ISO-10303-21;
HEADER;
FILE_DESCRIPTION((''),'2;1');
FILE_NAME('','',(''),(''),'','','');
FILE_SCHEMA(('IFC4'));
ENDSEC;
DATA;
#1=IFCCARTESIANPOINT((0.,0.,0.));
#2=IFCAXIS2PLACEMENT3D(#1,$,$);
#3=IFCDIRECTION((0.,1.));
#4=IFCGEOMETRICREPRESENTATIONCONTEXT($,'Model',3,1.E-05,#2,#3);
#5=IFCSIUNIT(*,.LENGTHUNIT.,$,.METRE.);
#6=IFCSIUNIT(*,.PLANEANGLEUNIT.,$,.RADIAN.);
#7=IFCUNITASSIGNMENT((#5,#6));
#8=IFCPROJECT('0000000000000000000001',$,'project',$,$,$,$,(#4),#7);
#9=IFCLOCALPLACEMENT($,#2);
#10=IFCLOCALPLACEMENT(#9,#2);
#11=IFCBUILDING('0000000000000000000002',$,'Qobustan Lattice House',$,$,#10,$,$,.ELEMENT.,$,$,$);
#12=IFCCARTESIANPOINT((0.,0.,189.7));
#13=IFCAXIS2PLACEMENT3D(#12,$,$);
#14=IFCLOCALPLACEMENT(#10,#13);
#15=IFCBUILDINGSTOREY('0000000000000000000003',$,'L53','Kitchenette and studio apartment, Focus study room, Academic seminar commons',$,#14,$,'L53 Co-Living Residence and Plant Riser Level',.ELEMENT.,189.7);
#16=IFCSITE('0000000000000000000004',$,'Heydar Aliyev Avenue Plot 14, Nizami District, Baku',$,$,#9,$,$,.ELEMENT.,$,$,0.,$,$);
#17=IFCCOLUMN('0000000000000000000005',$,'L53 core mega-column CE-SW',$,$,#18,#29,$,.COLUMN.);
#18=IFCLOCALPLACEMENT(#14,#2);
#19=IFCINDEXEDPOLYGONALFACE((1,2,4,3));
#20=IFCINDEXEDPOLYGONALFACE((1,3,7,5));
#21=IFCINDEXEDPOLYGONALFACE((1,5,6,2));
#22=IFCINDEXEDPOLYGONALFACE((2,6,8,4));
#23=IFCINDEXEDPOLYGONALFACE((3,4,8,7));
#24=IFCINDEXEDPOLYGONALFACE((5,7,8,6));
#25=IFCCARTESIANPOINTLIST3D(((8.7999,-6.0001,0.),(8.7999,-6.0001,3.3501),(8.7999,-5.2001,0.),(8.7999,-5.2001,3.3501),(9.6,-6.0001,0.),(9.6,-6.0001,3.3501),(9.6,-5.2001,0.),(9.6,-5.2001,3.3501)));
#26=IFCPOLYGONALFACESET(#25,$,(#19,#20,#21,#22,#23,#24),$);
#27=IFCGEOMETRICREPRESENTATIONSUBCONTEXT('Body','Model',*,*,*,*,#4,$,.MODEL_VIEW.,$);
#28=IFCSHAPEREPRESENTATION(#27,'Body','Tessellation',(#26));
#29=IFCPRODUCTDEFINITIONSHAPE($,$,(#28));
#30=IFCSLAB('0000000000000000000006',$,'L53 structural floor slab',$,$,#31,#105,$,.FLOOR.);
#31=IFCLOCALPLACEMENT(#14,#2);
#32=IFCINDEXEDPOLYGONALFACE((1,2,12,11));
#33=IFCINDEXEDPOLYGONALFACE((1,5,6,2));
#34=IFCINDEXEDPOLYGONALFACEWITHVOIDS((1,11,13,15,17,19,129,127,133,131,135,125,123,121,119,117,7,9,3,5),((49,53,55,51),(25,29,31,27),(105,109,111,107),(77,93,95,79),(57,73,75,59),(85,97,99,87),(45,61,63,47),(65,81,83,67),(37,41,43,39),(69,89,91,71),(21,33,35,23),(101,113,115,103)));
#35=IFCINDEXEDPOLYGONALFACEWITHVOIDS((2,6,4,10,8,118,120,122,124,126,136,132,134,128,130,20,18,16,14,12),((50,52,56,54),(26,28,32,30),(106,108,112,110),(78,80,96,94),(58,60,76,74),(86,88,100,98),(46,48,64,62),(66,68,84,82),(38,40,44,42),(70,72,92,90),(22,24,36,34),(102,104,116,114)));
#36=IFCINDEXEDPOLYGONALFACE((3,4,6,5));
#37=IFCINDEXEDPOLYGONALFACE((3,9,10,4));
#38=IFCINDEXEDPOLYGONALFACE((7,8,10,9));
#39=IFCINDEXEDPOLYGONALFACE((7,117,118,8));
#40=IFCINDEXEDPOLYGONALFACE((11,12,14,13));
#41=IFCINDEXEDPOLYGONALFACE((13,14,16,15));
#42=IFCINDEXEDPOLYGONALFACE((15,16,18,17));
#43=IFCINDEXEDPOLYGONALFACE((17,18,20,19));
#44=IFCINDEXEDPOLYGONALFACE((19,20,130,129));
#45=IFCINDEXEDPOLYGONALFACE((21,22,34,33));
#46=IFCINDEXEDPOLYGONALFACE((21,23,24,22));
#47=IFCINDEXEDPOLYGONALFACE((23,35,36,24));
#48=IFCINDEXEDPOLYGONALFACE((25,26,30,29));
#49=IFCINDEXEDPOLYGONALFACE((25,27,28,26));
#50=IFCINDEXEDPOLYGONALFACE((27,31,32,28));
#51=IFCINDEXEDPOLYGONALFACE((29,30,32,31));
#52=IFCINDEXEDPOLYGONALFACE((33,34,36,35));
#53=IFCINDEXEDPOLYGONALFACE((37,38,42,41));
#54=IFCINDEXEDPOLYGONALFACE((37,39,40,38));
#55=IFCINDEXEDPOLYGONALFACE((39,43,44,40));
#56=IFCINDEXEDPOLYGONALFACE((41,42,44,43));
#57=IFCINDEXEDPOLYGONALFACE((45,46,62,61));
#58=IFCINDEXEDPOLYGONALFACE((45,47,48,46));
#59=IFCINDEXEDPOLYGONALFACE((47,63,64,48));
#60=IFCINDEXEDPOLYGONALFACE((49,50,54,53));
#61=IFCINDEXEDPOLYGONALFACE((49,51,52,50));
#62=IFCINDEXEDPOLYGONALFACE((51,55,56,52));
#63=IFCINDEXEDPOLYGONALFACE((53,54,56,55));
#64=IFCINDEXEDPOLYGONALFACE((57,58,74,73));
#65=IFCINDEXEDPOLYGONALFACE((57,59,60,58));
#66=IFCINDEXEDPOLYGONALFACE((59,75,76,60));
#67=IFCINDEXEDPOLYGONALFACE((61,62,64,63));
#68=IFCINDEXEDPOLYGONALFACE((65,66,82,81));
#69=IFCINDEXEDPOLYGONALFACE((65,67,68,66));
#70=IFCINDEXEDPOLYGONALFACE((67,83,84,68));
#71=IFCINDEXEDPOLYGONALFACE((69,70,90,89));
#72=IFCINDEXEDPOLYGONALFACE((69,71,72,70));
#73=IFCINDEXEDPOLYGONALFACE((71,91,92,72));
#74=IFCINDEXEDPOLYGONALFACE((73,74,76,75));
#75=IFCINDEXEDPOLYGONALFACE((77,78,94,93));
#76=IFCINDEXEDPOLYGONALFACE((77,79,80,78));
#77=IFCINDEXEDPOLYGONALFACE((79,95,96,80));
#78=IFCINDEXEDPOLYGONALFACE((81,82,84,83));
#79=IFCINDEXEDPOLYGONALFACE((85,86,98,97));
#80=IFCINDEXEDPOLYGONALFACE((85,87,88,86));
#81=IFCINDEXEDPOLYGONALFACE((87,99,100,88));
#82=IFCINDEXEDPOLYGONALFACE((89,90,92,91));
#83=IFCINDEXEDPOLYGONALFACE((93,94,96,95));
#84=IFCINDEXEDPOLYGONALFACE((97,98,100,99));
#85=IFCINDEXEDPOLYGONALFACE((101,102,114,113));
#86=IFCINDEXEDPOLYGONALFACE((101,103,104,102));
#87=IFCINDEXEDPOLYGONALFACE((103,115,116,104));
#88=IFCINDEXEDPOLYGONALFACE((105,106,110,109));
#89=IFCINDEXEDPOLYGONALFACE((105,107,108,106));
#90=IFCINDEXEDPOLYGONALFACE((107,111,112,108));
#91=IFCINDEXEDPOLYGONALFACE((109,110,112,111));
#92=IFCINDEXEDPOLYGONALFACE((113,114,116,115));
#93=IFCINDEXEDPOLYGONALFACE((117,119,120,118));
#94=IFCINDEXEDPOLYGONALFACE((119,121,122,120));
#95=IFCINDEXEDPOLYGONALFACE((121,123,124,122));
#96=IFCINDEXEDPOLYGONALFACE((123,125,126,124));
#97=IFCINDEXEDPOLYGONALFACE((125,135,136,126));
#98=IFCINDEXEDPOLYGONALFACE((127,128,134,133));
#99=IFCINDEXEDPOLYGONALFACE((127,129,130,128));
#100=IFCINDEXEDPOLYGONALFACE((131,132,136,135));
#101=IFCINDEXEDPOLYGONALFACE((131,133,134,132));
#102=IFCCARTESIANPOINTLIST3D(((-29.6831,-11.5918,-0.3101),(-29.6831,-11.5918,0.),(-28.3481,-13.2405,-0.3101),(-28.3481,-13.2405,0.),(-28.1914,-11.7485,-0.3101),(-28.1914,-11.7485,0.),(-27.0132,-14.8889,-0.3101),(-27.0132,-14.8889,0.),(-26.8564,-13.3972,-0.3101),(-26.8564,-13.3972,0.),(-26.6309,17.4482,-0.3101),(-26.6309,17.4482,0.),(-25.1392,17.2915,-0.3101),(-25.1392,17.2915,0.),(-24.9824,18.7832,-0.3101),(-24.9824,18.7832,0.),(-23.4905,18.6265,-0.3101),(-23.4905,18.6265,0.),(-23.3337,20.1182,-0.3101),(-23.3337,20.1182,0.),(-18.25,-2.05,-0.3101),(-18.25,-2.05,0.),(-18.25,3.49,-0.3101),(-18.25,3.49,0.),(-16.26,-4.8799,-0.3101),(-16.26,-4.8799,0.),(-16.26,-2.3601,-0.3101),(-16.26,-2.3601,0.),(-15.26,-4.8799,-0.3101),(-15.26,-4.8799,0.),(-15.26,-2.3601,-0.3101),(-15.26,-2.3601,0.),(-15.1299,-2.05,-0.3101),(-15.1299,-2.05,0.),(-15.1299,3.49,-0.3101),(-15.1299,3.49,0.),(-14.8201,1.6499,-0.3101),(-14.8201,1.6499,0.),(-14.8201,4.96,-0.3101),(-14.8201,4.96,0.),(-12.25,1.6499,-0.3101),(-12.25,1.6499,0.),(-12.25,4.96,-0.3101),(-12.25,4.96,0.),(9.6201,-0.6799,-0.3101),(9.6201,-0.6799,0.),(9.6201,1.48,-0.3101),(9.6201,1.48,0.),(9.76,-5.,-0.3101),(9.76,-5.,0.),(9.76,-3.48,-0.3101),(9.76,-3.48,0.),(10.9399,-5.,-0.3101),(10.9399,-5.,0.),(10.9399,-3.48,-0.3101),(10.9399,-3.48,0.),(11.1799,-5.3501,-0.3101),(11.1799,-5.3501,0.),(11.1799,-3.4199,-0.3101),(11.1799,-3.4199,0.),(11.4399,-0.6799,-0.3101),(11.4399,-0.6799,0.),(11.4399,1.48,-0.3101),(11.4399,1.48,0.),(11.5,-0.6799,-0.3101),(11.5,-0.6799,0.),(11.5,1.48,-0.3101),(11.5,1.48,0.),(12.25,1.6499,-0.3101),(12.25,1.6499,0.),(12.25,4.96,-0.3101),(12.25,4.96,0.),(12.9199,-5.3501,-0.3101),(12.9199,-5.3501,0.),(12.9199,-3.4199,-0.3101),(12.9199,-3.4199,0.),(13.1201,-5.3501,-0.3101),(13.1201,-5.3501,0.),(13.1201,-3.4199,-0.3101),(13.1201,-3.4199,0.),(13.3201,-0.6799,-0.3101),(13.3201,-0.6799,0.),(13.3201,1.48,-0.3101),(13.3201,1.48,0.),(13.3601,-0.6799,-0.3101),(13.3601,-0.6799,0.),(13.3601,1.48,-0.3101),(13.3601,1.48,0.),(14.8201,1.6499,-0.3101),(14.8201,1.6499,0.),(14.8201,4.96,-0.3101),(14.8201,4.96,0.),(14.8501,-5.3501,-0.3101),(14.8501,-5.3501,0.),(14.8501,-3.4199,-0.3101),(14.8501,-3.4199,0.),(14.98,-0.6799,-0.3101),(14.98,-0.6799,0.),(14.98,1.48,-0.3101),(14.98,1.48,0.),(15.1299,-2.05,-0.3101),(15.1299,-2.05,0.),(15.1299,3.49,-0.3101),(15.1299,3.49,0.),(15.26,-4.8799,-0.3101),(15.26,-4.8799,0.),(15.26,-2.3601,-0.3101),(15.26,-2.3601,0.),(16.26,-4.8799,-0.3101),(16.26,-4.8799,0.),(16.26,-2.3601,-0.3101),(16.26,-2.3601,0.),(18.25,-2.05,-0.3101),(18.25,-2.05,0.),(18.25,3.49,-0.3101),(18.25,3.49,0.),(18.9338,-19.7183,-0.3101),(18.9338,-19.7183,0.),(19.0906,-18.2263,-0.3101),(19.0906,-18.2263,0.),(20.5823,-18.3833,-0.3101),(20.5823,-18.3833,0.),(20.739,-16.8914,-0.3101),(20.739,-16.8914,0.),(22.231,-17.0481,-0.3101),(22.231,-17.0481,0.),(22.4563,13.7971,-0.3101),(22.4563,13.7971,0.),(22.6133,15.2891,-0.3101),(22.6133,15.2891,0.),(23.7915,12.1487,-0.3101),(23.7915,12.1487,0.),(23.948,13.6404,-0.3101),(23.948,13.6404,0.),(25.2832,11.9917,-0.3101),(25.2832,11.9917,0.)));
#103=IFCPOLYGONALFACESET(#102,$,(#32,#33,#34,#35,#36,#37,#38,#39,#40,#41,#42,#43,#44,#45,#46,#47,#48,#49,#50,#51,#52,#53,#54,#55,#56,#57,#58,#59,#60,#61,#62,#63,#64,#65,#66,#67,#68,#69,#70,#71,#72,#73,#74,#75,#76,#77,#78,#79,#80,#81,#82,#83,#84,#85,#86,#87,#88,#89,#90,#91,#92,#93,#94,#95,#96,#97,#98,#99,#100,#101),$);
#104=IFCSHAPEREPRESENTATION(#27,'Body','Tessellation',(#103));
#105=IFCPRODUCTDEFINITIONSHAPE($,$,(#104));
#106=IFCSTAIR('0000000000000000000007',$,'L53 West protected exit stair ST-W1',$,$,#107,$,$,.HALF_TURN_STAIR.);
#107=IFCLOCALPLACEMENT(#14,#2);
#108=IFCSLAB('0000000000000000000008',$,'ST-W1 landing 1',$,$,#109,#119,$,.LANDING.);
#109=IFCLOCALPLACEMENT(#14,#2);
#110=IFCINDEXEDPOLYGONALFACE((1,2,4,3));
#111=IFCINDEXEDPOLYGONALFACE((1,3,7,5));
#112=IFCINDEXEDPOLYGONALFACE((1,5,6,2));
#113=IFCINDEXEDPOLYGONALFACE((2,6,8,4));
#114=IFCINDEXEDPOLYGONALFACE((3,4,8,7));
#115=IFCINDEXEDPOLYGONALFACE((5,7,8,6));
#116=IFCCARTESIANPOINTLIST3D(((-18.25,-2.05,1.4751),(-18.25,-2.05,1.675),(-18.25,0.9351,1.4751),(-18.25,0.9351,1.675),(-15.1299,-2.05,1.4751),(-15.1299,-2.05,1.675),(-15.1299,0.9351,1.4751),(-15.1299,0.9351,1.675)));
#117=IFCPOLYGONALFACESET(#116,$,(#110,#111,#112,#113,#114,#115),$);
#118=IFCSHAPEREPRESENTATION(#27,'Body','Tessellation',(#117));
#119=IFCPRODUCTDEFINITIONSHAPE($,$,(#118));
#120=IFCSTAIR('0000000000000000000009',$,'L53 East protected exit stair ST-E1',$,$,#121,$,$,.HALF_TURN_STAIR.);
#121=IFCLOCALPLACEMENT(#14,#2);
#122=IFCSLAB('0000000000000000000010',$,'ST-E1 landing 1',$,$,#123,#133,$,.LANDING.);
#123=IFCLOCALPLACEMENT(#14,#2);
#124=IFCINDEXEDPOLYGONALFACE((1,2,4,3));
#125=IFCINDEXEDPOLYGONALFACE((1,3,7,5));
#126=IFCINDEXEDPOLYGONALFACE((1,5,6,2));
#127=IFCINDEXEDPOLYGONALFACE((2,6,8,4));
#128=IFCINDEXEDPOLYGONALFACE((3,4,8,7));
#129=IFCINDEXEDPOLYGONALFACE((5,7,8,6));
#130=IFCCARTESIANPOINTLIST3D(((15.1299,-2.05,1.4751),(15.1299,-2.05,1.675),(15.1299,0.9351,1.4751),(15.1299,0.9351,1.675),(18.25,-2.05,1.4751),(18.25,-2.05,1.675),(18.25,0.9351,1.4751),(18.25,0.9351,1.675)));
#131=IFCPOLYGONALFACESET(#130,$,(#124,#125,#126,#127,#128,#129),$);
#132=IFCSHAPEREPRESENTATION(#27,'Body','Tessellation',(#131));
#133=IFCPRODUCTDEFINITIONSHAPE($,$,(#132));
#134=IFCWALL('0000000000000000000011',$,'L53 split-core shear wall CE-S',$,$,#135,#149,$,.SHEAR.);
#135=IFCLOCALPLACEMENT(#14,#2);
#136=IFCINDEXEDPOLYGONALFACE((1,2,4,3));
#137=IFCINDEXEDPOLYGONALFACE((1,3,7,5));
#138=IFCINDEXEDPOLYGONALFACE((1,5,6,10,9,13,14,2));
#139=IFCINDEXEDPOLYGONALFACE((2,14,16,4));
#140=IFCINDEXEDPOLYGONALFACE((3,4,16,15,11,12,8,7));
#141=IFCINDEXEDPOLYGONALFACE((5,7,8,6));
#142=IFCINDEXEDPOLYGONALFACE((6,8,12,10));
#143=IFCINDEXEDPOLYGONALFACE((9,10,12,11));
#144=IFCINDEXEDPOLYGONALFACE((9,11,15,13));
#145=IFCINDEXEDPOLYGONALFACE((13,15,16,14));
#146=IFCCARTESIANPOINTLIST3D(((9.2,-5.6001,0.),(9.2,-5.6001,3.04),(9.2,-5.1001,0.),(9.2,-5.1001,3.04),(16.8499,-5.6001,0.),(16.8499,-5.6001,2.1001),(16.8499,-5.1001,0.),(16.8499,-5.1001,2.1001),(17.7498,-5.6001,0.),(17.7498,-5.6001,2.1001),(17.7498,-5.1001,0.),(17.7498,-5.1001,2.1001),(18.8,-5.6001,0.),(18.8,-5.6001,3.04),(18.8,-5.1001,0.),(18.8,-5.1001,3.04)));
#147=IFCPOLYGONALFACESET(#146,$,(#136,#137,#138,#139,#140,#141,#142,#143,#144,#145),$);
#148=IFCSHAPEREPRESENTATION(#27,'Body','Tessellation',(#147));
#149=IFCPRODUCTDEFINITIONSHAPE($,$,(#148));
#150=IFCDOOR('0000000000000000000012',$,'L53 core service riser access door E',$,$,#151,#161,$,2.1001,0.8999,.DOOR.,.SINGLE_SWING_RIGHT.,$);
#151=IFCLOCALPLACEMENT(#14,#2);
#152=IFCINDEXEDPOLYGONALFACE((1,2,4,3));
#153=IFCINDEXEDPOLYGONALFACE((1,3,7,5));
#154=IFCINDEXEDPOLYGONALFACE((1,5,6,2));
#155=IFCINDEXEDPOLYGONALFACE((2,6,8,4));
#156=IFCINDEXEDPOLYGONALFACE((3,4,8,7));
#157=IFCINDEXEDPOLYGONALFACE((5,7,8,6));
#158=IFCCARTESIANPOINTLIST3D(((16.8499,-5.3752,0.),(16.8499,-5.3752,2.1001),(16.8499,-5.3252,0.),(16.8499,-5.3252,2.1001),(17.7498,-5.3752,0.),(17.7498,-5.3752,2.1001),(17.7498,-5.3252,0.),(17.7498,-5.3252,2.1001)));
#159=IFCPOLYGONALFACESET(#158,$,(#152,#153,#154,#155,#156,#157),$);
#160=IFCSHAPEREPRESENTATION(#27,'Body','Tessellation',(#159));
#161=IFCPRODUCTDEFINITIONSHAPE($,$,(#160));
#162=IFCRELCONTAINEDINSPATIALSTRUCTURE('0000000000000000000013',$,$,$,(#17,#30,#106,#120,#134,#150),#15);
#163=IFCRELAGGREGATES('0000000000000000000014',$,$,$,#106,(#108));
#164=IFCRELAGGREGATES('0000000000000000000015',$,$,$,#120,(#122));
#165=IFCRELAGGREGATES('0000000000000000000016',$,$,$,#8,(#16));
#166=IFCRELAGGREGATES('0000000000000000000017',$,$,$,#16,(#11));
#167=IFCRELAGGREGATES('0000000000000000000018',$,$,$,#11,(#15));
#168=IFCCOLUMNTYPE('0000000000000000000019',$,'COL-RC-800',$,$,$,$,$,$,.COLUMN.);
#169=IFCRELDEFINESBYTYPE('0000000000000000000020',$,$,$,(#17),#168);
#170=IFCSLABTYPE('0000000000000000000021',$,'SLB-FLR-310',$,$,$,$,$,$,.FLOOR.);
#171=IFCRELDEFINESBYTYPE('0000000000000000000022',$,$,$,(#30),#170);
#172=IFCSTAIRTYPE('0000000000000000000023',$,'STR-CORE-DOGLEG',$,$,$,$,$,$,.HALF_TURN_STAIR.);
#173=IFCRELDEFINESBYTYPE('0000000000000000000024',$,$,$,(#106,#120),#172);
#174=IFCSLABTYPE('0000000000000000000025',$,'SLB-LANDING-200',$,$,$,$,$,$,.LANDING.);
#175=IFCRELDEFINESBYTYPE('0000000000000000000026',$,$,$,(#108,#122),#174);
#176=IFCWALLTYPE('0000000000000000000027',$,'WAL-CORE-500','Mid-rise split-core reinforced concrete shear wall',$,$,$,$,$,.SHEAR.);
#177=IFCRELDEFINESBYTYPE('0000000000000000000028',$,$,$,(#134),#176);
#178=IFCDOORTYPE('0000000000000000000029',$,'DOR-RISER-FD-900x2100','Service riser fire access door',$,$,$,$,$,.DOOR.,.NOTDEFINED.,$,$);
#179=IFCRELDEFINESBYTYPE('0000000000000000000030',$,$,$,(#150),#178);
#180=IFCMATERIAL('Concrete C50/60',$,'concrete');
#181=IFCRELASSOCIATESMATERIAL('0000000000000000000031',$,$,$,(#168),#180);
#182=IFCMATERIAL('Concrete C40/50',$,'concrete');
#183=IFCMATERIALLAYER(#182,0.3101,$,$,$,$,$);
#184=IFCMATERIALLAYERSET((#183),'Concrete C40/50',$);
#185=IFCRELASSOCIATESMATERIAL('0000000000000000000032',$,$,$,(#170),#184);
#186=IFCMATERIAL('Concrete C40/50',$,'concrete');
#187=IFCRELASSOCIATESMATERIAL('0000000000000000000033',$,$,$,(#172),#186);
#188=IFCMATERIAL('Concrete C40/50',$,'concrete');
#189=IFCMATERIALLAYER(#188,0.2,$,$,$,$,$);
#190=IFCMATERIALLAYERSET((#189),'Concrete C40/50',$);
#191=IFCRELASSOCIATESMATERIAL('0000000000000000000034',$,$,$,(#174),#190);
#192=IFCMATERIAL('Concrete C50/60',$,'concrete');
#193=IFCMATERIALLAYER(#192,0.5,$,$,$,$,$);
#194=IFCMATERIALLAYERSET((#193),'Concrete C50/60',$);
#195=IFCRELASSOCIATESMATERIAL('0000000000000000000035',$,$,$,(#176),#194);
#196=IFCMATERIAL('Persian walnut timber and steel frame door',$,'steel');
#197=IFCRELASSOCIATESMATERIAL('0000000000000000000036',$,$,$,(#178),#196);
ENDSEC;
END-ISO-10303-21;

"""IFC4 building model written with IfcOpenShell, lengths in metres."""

from ifc_helpers import new_model, si_unit, direction, frame, frame_2d, origin, origin_2d, place, context, subcontext, project, spatial, polyline, rectangle, outline, extrude, material, layer, layer_set, material_profile, profile_set, type_object, element, fill, aggregate, save


model = new_model("IFC4")

# Units and contexts
model_context = context("Model", 3, precision=1e-05, world=origin(), true_north=direction((0.0, 1.0)))
body_context = subcontext(model_context, "Body", "Model", "MODEL_VIEW")
ifc_project = project(units=[si_unit("LENGTHUNIT", "METRE"), si_unit("PLANEANGLEUNIT", "RADIAN")], contexts=[model_context])

# Site, building, storey
site_placement = place(None, origin())
site = spatial("IfcSite", under=ifc_project, at=site_placement, Name="Heydar Aliyev Avenue Plot 14, Nizami District, Baku", CompositionType="ELEMENT", RefElevation=0.0)
building_placement = place(site_placement, origin())
building = spatial("IfcBuilding", under=site, at=building_placement, Name="Qobustan Lattice House", CompositionType="ELEMENT")
storey_placement = place(building_placement, frame((0.0, 0.0, 189.7)))
storey = spatial("IfcBuildingStorey", under=building, at=storey_placement, Name="L53", Description="Kitchenette and studio apartment, Focus study room, Academic seminar commons", LongName="L53 Co-Living Residence and Plant Riser Level", CompositionType="ELEMENT", Elevation=189.7)

# Column
ifc_material_1 = material(Name="Concrete C50/60", Category="concrete")
ifc_material_profile = material_profile(ifc_material_1, rectangle(XDim=0.8, YDim=0.8, at=origin_2d()), Name="RC800x800")
ifc_profile_set = profile_set([ifc_material_profile], Name="Concrete C50/60")
column_type = type_object("IfcColumnType", Name="COL-RC-800", PredefinedType="COLUMN", material=ifc_profile_set)
column_placement = place(storey_placement, frame((9.2, -5.6001, 0.0), z_axis=(0.0, 0.0, 1.0), x_axis=(1.0, 0.0, 0.0)))
element("IfcColumn", 1, at=column_placement, inside=storey, type_object=column_type, Name="L53 core mega-column CE-SW", PredefinedType="COLUMN", context=body_context, shape_type="SweptSolid", body=[
    extrude(rectangle(XDim=0.8, YDim=0.8, at=origin_2d()), origin(), (0.0, 0.0, 1.0), 3.3501),
])

# Slab
ifc_material_2 = material(Name="Concrete C40/50", Category="concrete")
ifc_layer_1 = layer(ifc_material_2, 0.3101)
ifc_layer_set_1 = layer_set([ifc_layer_1], Name="Concrete C40/50")
slab_type_1 = type_object("IfcSlabType", Name="SLB-FLR-310", PredefinedType="FLOOR", material=ifc_layer_set_1)
slab_1_placement = place(storey_placement, frame((0.0, 0.0, -0.3101)))
element("IfcSlab", 2, at=slab_1_placement, inside=storey, type_object=slab_type_1, Name="L53 structural floor slab", PredefinedType="FLOOR", context=body_context, shape_type="SweptSolid", body=[
    extrude(outline(polyline([(-27.0132, -14.8889), (18.9338, -19.7183), (19.0906, -18.2263), (20.5823, -18.3833), (20.739, -16.8914), (22.231, -17.0481), (25.2832, 11.9917), (23.7915, 12.1487), (23.948, 13.6404), (22.4563, 13.7971), (22.6133, 15.2891), (-23.3337, 20.1182), (-23.4905, 18.6265), (-24.9824, 18.7832), (-25.1392, 17.2915), (-26.6309, 17.4482), (-29.6831, -11.5918), (-28.1914, -11.7485), (-28.3481, -13.2405), (-26.8564, -13.3972), (-27.0132, -14.8889)]), holes=[polyline([(-18.25, -2.05), (-18.25, 3.49), (-15.1299, 3.49), (-15.1299, -2.05), (-18.25, -2.05)]), polyline([(15.1299, -2.05), (15.1299, 3.49), (18.25, 3.49), (18.25, -2.05), (15.1299, -2.05)]), polyline([(-14.8201, 1.6499), (-14.8201, 4.96), (-12.25, 4.96), (-12.25, 1.6499), (-14.8201, 1.6499)]), polyline([(12.25, 1.6499), (12.25, 4.96), (14.8201, 4.96), (14.8201, 1.6499), (12.25, 1.6499)]), polyline([(-16.26, -4.8799), (-16.26, -2.3601), (-15.26, -2.3601), (-15.26, -4.8799), (-16.26, -4.8799)]), polyline([(15.26, -4.8799), (15.26, -2.3601), (16.26, -2.3601), (16.26, -4.8799), (15.26, -4.8799)]), polyline([(11.1799, -5.3501), (11.1799, -3.4199), (12.9199, -3.4199), (12.9199, -5.3501), (11.1799, -5.3501)]), polyline([(13.1201, -5.3501), (13.1201, -3.4199), (14.8501, -3.4199), (14.8501, -5.3501), (13.1201, -5.3501)]), polyline([(9.76, -5.0), (9.76, -3.48), (10.9399, -3.48), (10.9399, -5.0), (9.76, -5.0)]), polyline([(13.3601, -0.6799), (13.3601, 1.48), (14.98, 1.48), (14.98, -0.6799), (13.3601, -0.6799)]), polyline([(9.6201, -0.6799), (9.6201, 1.48), (11.4399, 1.48), (11.4399, -0.6799), (9.6201, -0.6799)]), polyline([(11.5, -0.6799), (11.5, 1.48), (13.3201, 1.48), (13.3201, -0.6799), (11.5, -0.6799)])]), origin(), (0.0, 0.0, 1.0), 0.3101),
])

# Stairs, slabs
ifc_material_3 = material(Name="Concrete C40/50", Category="concrete")
stair_type = type_object("IfcStairType", Name="STR-CORE-DOGLEG", PredefinedType="HALF_TURN_STAIR", material=ifc_material_3)
stair_1_placement = place(storey_placement, origin())
stair_1 = element("IfcStair", 3, at=stair_1_placement, inside=storey, type_object=stair_type, Name="L53 West protected exit stair ST-W1", PredefinedType="HALF_TURN_STAIR")
ifc_material_4 = material(Name="Concrete C40/50", Category="concrete")
ifc_layer_2 = layer(ifc_material_4, 0.2)
ifc_layer_set_2 = layer_set([ifc_layer_2], Name="Concrete C40/50")
slab_type_2 = type_object("IfcSlabType", Name="SLB-LANDING-200", PredefinedType="LANDING", material=ifc_layer_set_2)
slab_2_placement = place(storey_placement, frame((0.0, 0.0, 1.4751)))
slab_2 = element("IfcSlab", 4, at=slab_2_placement, type_object=slab_type_2, Name="ST-W1 landing 1", PredefinedType="LANDING", context=body_context, shape_type="SweptSolid", body=[
    extrude(outline(polyline([(-18.25, 0.9351), (-18.25, -2.05), (-15.1299, -2.05), (-15.1299, 0.9351), (-18.25, 0.9351)])), origin(), (0.0, 0.0, 1.0), 0.2),
])
aggregate(stair_1, [slab_2])
stair_2_placement = place(storey_placement, origin())
stair_2 = element("IfcStair", 5, at=stair_2_placement, inside=storey, type_object=stair_type, Name="L53 East protected exit stair ST-E1", PredefinedType="HALF_TURN_STAIR")
slab_3_placement = place(storey_placement, frame((0.0, 0.0, 1.4751)))
slab_3 = element("IfcSlab", 6, at=slab_3_placement, type_object=slab_type_2, Name="ST-E1 landing 1", PredefinedType="LANDING", context=body_context, shape_type="SweptSolid", body=[
    extrude(outline(polyline([(15.1299, 0.9351), (15.1299, -2.05), (18.25, -2.05), (18.25, 0.9351), (15.1299, 0.9351)])), origin(), (0.0, 0.0, 1.0), 0.2),
])
aggregate(stair_2, [slab_3])

# Wall, opening, door
ifc_material_5 = material(Name="Concrete C50/60", Category="concrete")
ifc_layer_3 = layer(ifc_material_5, 0.5)
ifc_layer_set_3 = layer_set([ifc_layer_3], Name="Concrete C50/60")
wall_type_1 = type_object("IfcWallType", Name="WAL-CORE-500", Description="Mid-rise split-core reinforced concrete shear wall", PredefinedType="SHEAR", material=ifc_layer_set_3)
wall_1_placement = place(storey_placement, frame((9.2, -5.3501, 0.0), z_axis=(0.0, 0.0, 1.0), x_axis=(1.0, 0.0, 0.0)))
wall_1 = element("IfcWall", 7, at=wall_1_placement, inside=storey, type_object=wall_type_1, Name="L53 split-core shear wall CE-S", PredefinedType="SHEAR", context=body_context, shape_type="SweptSolid", body=[
    extrude(rectangle(XDim=9.6001, YDim=0.5, at=frame_2d((4.8, 0.0))), origin(), (0.0, 0.0, 1.0), 3.04),
])
opening_1_placement = place(wall_1_placement, frame((7.6499, 0.0, 0.0)))
opening_1 = element("IfcOpeningElement", 8, at=opening_1_placement, cuts=wall_1, PredefinedType="OPENING", context=body_context, shape_type="SweptSolid", body=[
    extrude(rectangle(XDim=0.8999, YDim=2.1001, at=frame_2d((0.45, 1.05))), frame((0.0, 0.26, 0.0), z_axis=(0.0, -1.0, 0.0), x_axis=(1.0, 0.0, 0.0)), (0.0, 0.0, 1.0), 0.52),
])
ifc_material_6 = material(Name="Persian walnut timber and steel frame door", Category="steel")
door_type_1 = type_object("IfcDoorType", Name="DOR-RISER-FD-900x2100", Description="Service riser fire access door", OperationType="NOTDEFINED", PredefinedType="DOOR", material=ifc_material_6)
door_1_placement = place(opening_1_placement, origin())
door_1 = element("IfcDoor", 9, at=door_1_placement, inside=storey, type_object=door_type_1, Name="L53 core service riser access door E", OperationType="SINGLE_SWING_RIGHT", OverallHeight=2.1001, OverallWidth=0.8999, PredefinedType="DOOR", context=body_context, shape_type="SweptSolid", body=[
    extrude(rectangle(XDim=0.8999, YDim=2.1001, at=frame_2d((0.45, 1.05))), frame((0.0, 0.0249, 0.0), z_axis=(0.0, -1.0, 0.0), x_axis=(1.0, 0.0, 0.0)), (0.0, 0.0, 1.0), 0.05),
])
fill(opening_1, door_1)

save(model, "model.ifc")
